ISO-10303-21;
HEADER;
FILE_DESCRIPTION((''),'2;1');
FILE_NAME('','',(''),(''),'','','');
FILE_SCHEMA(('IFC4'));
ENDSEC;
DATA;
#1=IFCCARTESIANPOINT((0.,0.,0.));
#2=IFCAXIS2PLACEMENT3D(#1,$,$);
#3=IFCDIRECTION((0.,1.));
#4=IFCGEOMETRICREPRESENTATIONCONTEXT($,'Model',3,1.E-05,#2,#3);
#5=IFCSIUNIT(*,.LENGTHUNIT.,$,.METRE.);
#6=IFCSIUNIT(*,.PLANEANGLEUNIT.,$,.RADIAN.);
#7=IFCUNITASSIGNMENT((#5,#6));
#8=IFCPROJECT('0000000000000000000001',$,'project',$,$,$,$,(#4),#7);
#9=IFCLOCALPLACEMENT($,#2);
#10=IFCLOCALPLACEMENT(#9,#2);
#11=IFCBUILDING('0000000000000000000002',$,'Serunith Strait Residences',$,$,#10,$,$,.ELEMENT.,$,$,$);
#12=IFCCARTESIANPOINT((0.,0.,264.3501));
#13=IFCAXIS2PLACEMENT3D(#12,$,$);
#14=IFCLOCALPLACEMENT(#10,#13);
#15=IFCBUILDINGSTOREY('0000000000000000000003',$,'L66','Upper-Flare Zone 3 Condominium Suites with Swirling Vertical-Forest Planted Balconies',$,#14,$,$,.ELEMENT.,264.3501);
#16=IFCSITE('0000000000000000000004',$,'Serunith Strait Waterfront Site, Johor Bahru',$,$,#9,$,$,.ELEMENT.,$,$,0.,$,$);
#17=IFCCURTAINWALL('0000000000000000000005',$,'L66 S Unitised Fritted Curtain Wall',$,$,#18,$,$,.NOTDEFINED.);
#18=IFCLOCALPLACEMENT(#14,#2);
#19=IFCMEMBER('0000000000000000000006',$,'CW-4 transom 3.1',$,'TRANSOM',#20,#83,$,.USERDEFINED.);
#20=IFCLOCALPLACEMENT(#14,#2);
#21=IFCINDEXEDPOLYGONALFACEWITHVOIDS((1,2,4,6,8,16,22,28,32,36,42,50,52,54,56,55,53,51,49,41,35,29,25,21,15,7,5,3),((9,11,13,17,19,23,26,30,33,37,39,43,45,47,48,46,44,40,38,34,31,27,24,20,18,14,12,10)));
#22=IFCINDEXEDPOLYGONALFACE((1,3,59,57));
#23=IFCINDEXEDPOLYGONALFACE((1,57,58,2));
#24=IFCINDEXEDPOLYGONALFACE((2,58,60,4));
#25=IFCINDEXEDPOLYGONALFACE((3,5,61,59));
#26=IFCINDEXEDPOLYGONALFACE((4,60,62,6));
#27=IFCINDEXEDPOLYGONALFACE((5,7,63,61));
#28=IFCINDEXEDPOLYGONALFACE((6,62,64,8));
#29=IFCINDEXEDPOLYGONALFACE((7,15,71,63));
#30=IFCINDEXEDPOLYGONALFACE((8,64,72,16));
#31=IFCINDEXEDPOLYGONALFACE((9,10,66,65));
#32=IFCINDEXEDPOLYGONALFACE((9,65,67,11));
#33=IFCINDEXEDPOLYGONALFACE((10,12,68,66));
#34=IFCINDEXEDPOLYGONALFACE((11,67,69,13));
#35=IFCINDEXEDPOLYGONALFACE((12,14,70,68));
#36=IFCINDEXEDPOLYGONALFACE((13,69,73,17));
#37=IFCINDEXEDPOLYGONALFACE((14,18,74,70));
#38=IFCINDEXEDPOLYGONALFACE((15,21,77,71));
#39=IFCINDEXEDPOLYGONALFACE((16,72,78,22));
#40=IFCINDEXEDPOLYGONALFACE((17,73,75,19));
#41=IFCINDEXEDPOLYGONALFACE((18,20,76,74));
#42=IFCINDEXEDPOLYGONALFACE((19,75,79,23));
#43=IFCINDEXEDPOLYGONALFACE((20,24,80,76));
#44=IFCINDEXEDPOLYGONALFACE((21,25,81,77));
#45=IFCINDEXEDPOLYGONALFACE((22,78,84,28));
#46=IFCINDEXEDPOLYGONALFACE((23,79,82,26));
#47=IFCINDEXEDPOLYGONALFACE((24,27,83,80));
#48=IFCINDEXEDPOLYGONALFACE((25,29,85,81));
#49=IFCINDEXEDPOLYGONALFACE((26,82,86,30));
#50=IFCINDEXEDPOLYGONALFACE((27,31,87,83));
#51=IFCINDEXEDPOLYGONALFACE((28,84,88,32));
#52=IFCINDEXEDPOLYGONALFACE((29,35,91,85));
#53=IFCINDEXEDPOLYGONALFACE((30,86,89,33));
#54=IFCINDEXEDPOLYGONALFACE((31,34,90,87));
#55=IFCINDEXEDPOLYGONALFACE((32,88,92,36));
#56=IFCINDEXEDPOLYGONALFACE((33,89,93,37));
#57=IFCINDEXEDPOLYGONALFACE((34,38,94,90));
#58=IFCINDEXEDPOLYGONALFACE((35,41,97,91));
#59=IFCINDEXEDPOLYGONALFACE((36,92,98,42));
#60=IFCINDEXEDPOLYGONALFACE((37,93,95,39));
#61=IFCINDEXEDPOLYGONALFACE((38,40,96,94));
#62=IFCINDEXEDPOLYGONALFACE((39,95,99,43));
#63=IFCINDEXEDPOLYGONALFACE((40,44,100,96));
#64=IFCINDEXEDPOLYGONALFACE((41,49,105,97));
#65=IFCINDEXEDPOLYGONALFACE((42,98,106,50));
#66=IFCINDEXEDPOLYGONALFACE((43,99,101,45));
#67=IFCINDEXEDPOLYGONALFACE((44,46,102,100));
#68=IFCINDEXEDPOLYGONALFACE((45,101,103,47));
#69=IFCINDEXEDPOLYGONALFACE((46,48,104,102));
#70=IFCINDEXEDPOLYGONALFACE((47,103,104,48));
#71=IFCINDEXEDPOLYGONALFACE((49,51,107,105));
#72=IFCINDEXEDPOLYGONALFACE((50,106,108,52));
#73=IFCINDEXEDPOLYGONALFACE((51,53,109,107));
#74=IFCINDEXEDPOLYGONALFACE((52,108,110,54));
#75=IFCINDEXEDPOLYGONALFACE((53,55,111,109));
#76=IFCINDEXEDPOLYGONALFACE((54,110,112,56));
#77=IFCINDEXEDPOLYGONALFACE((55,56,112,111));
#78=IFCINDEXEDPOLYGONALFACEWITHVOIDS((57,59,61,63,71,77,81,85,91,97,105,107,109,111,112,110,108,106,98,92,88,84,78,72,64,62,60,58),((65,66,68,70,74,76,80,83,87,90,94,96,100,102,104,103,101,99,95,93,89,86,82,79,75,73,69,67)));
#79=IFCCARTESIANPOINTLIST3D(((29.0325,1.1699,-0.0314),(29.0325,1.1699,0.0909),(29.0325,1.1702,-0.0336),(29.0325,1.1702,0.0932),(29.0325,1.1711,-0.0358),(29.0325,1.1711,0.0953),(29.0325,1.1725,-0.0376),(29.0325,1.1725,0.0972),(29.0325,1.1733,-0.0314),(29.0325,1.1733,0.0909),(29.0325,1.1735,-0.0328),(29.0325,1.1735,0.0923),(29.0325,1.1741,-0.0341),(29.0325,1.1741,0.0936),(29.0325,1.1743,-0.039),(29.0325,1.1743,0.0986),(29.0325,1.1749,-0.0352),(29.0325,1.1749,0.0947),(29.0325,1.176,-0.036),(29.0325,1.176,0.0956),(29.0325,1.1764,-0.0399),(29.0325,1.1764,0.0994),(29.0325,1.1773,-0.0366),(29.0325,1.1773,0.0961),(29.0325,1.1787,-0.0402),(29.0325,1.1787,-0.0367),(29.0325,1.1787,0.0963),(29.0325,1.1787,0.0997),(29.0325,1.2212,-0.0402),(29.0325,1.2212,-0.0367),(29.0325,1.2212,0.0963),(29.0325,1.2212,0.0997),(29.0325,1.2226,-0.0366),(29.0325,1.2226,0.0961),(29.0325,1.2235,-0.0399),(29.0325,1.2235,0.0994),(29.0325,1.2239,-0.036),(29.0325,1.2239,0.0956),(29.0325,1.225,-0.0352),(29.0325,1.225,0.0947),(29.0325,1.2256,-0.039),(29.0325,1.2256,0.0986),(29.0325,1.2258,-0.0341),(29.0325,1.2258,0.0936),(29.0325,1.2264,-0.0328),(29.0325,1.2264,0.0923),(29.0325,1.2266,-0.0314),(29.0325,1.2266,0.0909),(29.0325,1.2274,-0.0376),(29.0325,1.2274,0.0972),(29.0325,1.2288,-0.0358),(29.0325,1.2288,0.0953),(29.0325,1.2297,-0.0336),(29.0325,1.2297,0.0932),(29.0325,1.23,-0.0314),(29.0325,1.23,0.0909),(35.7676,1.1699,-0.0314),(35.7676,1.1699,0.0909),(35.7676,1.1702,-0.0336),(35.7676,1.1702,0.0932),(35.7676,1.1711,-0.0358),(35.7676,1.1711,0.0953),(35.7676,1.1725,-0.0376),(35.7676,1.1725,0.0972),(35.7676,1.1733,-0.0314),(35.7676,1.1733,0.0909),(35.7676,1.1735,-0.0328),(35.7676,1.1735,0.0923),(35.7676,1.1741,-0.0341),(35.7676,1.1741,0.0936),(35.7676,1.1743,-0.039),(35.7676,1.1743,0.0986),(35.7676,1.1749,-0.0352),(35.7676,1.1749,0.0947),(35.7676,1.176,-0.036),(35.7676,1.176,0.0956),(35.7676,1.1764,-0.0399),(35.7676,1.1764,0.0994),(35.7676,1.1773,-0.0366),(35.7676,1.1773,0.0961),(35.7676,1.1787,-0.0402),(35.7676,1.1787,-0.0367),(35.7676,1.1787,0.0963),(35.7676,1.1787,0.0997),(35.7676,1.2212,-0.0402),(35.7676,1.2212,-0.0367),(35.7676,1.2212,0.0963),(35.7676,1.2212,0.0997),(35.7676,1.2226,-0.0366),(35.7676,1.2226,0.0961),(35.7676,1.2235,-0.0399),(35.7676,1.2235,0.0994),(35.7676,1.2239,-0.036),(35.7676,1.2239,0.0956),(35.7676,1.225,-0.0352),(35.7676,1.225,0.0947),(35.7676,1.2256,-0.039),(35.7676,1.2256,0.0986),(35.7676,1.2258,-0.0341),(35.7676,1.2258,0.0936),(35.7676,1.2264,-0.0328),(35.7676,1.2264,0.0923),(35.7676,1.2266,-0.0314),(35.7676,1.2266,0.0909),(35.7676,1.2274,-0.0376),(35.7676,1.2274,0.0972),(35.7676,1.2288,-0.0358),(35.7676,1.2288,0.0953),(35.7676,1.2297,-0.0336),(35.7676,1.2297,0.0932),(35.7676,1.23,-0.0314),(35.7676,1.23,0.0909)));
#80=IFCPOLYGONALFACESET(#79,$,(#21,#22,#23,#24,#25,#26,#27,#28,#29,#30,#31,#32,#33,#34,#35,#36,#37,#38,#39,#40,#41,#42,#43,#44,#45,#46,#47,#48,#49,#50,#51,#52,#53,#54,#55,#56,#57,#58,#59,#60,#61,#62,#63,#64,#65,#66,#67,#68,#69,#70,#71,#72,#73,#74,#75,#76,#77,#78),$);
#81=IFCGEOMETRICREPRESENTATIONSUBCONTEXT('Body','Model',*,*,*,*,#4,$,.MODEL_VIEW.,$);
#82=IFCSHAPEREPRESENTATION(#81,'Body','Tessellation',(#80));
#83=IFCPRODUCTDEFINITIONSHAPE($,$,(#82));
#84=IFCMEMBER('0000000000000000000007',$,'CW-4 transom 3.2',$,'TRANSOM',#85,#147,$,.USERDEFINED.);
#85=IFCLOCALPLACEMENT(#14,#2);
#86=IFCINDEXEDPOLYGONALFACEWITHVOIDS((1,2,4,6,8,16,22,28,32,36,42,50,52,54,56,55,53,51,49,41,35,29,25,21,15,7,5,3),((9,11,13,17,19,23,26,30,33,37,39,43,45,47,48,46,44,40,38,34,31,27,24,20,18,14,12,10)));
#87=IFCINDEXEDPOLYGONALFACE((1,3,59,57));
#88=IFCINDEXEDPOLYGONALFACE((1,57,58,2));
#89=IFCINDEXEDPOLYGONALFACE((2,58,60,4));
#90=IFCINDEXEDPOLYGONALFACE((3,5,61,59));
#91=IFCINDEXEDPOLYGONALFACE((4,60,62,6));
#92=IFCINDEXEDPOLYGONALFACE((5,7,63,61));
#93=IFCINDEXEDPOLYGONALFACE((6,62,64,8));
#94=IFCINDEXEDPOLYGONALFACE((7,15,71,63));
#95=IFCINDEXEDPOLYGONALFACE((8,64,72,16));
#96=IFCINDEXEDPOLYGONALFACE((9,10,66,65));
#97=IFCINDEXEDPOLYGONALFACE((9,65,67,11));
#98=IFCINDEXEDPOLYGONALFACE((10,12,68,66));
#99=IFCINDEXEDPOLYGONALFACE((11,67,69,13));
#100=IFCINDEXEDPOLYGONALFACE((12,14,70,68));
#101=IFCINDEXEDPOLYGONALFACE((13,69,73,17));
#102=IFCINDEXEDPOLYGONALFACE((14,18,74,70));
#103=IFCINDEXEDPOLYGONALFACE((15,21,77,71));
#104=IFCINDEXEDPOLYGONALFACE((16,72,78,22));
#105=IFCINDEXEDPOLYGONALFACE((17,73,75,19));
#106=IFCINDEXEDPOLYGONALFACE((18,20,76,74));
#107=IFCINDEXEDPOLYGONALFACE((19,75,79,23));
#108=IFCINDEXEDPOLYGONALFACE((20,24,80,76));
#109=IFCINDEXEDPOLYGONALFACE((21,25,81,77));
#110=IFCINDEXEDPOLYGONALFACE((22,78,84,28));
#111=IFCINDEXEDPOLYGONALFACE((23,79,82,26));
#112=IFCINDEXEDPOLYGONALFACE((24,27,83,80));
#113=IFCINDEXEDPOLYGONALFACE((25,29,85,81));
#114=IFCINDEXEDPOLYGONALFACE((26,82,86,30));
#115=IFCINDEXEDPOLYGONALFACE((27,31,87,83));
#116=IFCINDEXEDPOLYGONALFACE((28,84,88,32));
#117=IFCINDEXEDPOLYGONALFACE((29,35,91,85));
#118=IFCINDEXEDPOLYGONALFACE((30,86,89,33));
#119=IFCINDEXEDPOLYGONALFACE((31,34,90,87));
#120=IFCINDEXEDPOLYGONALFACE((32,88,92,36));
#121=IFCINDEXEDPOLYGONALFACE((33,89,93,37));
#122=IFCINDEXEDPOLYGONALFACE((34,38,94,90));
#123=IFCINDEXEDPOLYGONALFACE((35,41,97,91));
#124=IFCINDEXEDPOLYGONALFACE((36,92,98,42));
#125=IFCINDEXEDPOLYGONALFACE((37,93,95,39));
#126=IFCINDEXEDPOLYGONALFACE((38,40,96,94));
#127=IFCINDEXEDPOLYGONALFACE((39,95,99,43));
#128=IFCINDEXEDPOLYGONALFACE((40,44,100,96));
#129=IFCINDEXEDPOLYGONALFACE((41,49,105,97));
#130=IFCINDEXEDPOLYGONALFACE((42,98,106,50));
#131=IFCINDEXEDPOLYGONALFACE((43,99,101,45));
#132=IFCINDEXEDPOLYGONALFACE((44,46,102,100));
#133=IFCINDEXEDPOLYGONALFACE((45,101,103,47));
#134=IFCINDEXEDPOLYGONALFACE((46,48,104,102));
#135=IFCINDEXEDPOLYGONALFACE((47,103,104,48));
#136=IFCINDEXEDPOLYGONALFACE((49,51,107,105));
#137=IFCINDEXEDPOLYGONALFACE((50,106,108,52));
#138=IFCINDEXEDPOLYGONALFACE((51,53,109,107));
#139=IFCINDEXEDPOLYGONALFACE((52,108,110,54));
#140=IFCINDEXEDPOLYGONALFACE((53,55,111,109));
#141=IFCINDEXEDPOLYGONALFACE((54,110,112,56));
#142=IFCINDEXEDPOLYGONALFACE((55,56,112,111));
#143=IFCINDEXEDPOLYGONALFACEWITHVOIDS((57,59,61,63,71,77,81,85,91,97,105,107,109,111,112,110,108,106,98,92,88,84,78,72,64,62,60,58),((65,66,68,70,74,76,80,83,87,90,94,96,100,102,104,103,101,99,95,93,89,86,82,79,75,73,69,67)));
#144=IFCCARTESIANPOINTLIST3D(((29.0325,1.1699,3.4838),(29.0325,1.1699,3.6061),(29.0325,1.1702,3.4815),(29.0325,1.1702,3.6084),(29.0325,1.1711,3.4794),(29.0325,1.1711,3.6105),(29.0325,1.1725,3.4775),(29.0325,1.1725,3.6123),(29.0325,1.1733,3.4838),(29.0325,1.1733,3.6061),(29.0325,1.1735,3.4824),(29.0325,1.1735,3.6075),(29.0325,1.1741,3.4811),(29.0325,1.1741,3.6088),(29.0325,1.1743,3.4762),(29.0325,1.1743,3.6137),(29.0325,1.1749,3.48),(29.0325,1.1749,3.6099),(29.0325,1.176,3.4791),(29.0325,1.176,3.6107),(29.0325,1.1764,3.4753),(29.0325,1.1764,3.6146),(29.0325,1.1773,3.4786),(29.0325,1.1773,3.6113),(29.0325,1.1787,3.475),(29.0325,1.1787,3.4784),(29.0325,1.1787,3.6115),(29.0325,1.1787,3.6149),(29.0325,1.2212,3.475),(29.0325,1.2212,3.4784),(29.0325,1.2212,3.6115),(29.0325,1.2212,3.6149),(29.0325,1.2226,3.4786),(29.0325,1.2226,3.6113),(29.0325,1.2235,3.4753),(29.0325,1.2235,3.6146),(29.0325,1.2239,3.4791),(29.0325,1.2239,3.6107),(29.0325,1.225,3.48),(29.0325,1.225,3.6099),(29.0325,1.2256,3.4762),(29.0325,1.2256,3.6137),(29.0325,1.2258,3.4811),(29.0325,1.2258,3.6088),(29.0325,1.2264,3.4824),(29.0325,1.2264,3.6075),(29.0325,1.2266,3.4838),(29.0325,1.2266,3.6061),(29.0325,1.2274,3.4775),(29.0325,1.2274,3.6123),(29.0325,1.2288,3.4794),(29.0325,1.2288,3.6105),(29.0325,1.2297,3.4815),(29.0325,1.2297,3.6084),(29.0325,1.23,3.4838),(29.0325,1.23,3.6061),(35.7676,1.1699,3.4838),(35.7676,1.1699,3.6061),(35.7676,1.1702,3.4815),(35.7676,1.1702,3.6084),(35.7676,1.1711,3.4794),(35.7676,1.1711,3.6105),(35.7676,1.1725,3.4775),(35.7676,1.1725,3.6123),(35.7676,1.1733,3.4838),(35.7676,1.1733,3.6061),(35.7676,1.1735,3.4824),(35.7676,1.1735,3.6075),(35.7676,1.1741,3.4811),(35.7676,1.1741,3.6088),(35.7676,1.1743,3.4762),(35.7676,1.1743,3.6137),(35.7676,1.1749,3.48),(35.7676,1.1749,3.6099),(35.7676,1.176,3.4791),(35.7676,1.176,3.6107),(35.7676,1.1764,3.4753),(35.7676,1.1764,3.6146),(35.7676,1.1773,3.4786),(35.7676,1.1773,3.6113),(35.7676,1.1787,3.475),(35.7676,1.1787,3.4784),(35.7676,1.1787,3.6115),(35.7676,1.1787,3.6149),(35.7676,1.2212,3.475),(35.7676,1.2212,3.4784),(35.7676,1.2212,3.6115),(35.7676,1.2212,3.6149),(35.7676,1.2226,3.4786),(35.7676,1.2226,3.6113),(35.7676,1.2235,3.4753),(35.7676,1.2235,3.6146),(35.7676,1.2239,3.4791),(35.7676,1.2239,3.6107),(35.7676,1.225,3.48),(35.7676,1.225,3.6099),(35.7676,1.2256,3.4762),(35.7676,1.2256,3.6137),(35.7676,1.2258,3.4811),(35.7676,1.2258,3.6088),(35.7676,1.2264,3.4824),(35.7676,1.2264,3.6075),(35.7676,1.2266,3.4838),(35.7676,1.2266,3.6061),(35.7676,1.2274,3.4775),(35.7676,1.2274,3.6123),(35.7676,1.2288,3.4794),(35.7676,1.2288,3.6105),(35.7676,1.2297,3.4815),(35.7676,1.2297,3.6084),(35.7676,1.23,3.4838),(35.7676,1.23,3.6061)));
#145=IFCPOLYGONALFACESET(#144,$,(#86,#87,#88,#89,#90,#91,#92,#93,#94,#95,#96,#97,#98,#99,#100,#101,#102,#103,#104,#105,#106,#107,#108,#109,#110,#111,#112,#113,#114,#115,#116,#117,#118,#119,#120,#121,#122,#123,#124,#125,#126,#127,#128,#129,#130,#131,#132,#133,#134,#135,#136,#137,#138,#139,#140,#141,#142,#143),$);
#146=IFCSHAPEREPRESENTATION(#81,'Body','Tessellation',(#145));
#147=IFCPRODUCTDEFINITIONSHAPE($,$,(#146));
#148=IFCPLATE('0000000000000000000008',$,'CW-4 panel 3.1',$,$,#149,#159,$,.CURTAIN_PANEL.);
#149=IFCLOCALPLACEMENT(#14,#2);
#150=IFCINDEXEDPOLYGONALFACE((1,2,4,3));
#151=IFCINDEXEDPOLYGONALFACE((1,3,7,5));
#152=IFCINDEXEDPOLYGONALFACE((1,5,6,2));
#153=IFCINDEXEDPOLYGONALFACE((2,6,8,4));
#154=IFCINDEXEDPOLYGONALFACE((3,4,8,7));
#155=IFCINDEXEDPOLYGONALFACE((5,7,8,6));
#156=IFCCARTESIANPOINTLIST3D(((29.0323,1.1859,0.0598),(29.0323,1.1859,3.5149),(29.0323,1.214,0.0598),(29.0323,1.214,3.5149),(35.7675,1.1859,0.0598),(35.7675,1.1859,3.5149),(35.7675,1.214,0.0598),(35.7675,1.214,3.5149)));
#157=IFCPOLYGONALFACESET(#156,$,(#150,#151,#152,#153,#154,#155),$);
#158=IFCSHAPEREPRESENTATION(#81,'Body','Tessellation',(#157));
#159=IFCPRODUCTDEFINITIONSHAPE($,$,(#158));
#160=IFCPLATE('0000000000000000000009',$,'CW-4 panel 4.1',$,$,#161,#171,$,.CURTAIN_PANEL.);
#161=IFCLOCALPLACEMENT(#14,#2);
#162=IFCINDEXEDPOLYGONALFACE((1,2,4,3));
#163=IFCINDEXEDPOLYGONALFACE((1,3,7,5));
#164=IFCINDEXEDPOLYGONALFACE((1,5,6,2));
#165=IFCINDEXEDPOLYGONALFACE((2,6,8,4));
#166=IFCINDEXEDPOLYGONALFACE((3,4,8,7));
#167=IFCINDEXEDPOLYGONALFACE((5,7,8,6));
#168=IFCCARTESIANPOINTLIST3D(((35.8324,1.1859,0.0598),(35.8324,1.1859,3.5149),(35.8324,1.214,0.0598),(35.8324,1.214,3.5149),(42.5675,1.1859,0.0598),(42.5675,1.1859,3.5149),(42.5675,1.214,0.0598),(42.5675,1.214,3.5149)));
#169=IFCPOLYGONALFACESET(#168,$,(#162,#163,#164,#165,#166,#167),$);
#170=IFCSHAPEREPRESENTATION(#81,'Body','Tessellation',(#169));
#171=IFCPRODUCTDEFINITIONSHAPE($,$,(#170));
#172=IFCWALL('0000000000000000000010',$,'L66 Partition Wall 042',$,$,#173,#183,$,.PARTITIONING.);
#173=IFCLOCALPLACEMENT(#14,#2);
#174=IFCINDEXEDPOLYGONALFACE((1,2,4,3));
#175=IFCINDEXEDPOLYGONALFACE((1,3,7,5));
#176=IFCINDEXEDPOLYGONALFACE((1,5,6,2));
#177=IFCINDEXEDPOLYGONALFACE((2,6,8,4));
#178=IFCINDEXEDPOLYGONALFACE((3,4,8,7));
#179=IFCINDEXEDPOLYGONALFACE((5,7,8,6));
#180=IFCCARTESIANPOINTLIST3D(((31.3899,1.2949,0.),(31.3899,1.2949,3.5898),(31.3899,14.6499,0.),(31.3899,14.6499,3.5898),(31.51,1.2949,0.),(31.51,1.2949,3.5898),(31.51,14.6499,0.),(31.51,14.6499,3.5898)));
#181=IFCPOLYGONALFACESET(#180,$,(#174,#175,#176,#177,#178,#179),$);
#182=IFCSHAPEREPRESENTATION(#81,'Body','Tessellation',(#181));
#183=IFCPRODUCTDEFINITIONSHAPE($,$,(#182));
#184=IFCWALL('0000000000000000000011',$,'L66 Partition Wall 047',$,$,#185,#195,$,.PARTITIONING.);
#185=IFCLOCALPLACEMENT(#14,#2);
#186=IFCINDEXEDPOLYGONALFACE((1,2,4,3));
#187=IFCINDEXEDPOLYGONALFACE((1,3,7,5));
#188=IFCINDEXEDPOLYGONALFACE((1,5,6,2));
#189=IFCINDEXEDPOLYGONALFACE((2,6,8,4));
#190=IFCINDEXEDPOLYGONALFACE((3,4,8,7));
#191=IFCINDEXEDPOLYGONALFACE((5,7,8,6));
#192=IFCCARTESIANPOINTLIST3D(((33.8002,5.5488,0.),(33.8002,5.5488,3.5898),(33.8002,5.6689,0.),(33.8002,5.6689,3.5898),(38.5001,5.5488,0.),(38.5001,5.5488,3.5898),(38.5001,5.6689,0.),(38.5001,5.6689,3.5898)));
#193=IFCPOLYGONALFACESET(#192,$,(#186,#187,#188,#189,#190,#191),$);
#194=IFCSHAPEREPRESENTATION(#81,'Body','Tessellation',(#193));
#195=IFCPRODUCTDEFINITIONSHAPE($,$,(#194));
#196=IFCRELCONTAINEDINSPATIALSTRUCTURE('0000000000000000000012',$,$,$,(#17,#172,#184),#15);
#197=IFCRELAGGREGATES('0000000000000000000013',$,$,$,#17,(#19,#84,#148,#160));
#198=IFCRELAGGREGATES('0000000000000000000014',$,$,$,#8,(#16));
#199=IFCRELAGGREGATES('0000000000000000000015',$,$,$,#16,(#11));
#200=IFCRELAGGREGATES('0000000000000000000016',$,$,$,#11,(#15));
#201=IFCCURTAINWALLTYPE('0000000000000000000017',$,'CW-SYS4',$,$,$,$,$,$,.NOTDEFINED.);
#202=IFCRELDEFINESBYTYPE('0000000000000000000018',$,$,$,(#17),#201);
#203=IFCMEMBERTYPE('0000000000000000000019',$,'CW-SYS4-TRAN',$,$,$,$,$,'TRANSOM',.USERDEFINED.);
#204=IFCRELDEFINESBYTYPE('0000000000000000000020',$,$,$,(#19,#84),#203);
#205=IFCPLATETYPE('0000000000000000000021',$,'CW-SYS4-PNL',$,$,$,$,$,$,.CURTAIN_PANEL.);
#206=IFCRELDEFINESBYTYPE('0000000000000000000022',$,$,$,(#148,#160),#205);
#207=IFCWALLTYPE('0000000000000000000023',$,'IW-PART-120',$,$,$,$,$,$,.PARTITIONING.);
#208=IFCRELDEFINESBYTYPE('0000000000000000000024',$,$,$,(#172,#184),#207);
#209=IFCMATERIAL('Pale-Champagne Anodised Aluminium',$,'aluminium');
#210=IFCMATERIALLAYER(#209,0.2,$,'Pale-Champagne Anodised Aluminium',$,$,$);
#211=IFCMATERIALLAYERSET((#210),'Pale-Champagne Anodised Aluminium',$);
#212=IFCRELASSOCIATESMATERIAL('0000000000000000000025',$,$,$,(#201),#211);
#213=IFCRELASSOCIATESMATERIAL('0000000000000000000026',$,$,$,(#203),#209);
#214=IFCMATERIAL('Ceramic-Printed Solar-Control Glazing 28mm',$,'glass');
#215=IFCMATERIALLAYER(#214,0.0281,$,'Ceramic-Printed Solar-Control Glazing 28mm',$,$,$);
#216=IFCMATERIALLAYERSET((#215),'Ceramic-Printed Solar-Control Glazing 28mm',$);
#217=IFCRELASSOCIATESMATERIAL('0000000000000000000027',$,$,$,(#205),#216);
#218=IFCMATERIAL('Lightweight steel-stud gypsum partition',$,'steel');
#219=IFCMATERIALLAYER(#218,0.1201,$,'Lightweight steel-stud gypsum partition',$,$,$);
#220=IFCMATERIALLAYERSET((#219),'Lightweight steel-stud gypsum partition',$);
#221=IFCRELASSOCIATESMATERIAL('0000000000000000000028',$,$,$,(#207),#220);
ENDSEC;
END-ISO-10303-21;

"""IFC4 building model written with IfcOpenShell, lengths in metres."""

from ifc_helpers import new_model, si_unit, direction, frame, frame_2d, origin, origin_2d, place, context, subcontext, project, spatial, rectangle, hollow_rectangle, extrude, source, transform, mapped, material, layer, layer_set, material_profile, profile_set, type_object, element, aggregate, save


model = new_model("IFC4")

# Units and contexts
model_context = context("Model", 3, precision=1e-05, world=origin(), true_north=direction((0.0, 1.0)))
body_context = subcontext(model_context, "Body", "Model", "MODEL_VIEW")
ifc_project = project(units=[si_unit("LENGTHUNIT", "METRE"), si_unit("PLANEANGLEUNIT", "RADIAN")], contexts=[model_context])

# Site, building, storey
site_placement = place(None, origin())
site = spatial("IfcSite", under=ifc_project, at=site_placement, Name="Serunith Strait Waterfront Site, Johor Bahru", CompositionType="ELEMENT", RefElevation=0.0)
building_placement = place(site_placement, origin())
building = spatial("IfcBuilding", under=site, at=building_placement, Name="Serunith Strait Residences", CompositionType="ELEMENT")
storey_placement = place(building_placement, frame((0.0, 0.0, 264.3501)))
storey = spatial("IfcBuildingStorey", under=building, at=storey_placement, Name="L66", Description="Upper-Flare Zone 3 Condominium Suites with Swirling Vertical-Forest Planted Balconies", CompositionType="ELEMENT", Elevation=264.3501)

# Curtain wall, members, plates
ifc_material_1 = material(Name="Pale-Champagne Anodised Aluminium", Category="aluminium")
ifc_layer_1 = layer(ifc_material_1, 0.2, Name="Pale-Champagne Anodised Aluminium")
ifc_layer_set_1 = layer_set([ifc_layer_1], Name="Pale-Champagne Anodised Aluminium")
curtain_wall_type = type_object("IfcCurtainWallType", Name="CW-SYS4", PredefinedType="NOTDEFINED", material=ifc_layer_set_1)
curtain_wall_placement = place(storey_placement, origin())
curtain_wall = element("IfcCurtainWall", 1, at=curtain_wall_placement, inside=storey, type_object=curtain_wall_type, Name="L66 S Unitised Fritted Curtain Wall", PredefinedType="NOTDEFINED")
ifc_material_profile_1 = material_profile(ifc_material_1, hollow_rectangle(XDim=0.0601, YDim=0.1399, WallThickness=0.0034, InnerFilletRadius=0.0054, OuterFilletRadius=0.0088, at=origin_2d()), Name="ALU 140x60x3.5")
ifc_profile_set_1 = profile_set([ifc_material_profile_1], Name="Pale-Champagne Anodised Aluminium")
member_type_1 = type_object("IfcMemberType", Name="CW-SYS4-TRAN", ElementType="TRANSOM", PredefinedType="USERDEFINED", material=ifc_profile_set_1)
shared_shape_1 = source(origin(), body_context, "Body", "SweptSolid", [
    extrude(hollow_rectangle(XDim=0.0601, YDim=0.1399, WallThickness=0.0034, InnerFilletRadius=0.0054, OuterFilletRadius=0.0088, at=origin_2d()), origin(), (0.0, 0.0, 1.0), 6.7351),
])
member_1_placement = place(storey_placement, frame((29.0325, 1.2, 0.0298), z_axis=(1.0, 0.0, 0.0), x_axis=(0.0, 1.0, 0.0)))
member_1 = element("IfcMember", 2, at=member_1_placement, type_object=member_type_1, Name="CW-4 transom 3.1", ObjectType="TRANSOM", PredefinedType="USERDEFINED", context=body_context, shape_type="MappedRepresentation", body=[
    mapped(shared_shape_1, transform((0.0, 0.0, 0.0), scale=1.0)),
])
member_2_placement = place(storey_placement, frame((29.0325, 1.2, 3.5449), z_axis=(1.0, 0.0, 0.0), x_axis=(0.0, 1.0, 0.0)))
member_2 = element("IfcMember", 3, at=member_2_placement, type_object=member_type_1, Name="CW-4 transom 3.2", ObjectType="TRANSOM", PredefinedType="USERDEFINED", context=body_context, shape_type="MappedRepresentation", body=[
    mapped(shared_shape_1, transform((0.0, 0.0, 0.0), scale=1.0)),
])
ifc_material_2 = material(Name="Ceramic-Printed Solar-Control Glazing 28mm", Category="glass")
ifc_layer_2 = layer(ifc_material_2, 0.0281, Name="Ceramic-Printed Solar-Control Glazing 28mm")
ifc_layer_set_2 = layer_set([ifc_layer_2], Name="Ceramic-Printed Solar-Control Glazing 28mm")
plate_type = type_object("IfcPlateType", Name="CW-SYS4-PNL", PredefinedType="CURTAIN_PANEL", material=ifc_layer_set_2)
shared_shape_2 = source(origin(), body_context, "Body", "SweptSolid", [
    extrude(rectangle(XDim=6.7351, YDim=0.0281, at=origin_2d()), origin(), (0.0, 0.0, 1.0), 3.4551),
])
plate_1_placement = place(storey_placement, frame((32.3999, 1.2, 0.0598), z_axis=(0.0, 0.0, 1.0), x_axis=(1.0, 0.0, 0.0)))
plate_1 = element("IfcPlate", 4, at=plate_1_placement, type_object=plate_type, Name="CW-4 panel 3.1", PredefinedType="CURTAIN_PANEL", context=body_context, shape_type="MappedRepresentation", body=[
    mapped(shared_shape_2, transform((0.0, 0.0, 0.0), scale=1.0)),
])
plate_2_placement = place(storey_placement, frame((39.2, 1.2, 0.0598), z_axis=(0.0, 0.0, 1.0), x_axis=(1.0, 0.0, 0.0)))
plate_2 = element("IfcPlate", 5, at=plate_2_placement, type_object=plate_type, Name="CW-4 panel 4.1", PredefinedType="CURTAIN_PANEL", context=body_context, shape_type="MappedRepresentation", body=[
    mapped(shared_shape_2, transform((0.0, 0.0, 0.0), scale=1.0)),
])
aggregate(curtain_wall, [member_1, member_2, plate_1, plate_2])

# Walls
ifc_material_3 = material(Name="Lightweight steel-stud gypsum partition", Category="steel")
ifc_layer_3 = layer(ifc_material_3, 0.1201, Name="Lightweight steel-stud gypsum partition")
ifc_layer_set_3 = layer_set([ifc_layer_3], Name="Lightweight steel-stud gypsum partition")
wall_type = type_object("IfcWallType", Name="IW-PART-120", PredefinedType="PARTITIONING", material=ifc_layer_set_3)
wall_1_placement = place(storey_placement, frame((31.45, 1.2949, 0.0), z_axis=(0.0, 0.0, 1.0), x_axis=(0.0, 1.0, 0.0)))
element("IfcWall", 6, at=wall_1_placement, inside=storey, type_object=wall_type, Name="L66 Partition Wall 042", PredefinedType="PARTITIONING", context=body_context, shape_type="SweptSolid", body=[
    extrude(rectangle(XDim=13.355, YDim=0.1201, at=frame_2d((6.6775, 0.0))), origin(), (0.0, 0.0, 1.0), 3.5898),
])
wall_2_placement = place(storey_placement, frame((33.8, 5.6089, 0.0), z_axis=(0.0, 0.0, 1.0), x_axis=(1.0, 0.0, 0.0)))
element("IfcWall", 7, at=wall_2_placement, inside=storey, type_object=wall_type, Name="L66 Partition Wall 047", PredefinedType="PARTITIONING", context=body_context, shape_type="SweptSolid", body=[
    extrude(rectangle(XDim=4.7, YDim=0.1201, at=frame_2d((2.3501, 0.0))), origin(), (0.0, 0.0, 1.0), 3.5898),
])

save(model, "model.ifc")
